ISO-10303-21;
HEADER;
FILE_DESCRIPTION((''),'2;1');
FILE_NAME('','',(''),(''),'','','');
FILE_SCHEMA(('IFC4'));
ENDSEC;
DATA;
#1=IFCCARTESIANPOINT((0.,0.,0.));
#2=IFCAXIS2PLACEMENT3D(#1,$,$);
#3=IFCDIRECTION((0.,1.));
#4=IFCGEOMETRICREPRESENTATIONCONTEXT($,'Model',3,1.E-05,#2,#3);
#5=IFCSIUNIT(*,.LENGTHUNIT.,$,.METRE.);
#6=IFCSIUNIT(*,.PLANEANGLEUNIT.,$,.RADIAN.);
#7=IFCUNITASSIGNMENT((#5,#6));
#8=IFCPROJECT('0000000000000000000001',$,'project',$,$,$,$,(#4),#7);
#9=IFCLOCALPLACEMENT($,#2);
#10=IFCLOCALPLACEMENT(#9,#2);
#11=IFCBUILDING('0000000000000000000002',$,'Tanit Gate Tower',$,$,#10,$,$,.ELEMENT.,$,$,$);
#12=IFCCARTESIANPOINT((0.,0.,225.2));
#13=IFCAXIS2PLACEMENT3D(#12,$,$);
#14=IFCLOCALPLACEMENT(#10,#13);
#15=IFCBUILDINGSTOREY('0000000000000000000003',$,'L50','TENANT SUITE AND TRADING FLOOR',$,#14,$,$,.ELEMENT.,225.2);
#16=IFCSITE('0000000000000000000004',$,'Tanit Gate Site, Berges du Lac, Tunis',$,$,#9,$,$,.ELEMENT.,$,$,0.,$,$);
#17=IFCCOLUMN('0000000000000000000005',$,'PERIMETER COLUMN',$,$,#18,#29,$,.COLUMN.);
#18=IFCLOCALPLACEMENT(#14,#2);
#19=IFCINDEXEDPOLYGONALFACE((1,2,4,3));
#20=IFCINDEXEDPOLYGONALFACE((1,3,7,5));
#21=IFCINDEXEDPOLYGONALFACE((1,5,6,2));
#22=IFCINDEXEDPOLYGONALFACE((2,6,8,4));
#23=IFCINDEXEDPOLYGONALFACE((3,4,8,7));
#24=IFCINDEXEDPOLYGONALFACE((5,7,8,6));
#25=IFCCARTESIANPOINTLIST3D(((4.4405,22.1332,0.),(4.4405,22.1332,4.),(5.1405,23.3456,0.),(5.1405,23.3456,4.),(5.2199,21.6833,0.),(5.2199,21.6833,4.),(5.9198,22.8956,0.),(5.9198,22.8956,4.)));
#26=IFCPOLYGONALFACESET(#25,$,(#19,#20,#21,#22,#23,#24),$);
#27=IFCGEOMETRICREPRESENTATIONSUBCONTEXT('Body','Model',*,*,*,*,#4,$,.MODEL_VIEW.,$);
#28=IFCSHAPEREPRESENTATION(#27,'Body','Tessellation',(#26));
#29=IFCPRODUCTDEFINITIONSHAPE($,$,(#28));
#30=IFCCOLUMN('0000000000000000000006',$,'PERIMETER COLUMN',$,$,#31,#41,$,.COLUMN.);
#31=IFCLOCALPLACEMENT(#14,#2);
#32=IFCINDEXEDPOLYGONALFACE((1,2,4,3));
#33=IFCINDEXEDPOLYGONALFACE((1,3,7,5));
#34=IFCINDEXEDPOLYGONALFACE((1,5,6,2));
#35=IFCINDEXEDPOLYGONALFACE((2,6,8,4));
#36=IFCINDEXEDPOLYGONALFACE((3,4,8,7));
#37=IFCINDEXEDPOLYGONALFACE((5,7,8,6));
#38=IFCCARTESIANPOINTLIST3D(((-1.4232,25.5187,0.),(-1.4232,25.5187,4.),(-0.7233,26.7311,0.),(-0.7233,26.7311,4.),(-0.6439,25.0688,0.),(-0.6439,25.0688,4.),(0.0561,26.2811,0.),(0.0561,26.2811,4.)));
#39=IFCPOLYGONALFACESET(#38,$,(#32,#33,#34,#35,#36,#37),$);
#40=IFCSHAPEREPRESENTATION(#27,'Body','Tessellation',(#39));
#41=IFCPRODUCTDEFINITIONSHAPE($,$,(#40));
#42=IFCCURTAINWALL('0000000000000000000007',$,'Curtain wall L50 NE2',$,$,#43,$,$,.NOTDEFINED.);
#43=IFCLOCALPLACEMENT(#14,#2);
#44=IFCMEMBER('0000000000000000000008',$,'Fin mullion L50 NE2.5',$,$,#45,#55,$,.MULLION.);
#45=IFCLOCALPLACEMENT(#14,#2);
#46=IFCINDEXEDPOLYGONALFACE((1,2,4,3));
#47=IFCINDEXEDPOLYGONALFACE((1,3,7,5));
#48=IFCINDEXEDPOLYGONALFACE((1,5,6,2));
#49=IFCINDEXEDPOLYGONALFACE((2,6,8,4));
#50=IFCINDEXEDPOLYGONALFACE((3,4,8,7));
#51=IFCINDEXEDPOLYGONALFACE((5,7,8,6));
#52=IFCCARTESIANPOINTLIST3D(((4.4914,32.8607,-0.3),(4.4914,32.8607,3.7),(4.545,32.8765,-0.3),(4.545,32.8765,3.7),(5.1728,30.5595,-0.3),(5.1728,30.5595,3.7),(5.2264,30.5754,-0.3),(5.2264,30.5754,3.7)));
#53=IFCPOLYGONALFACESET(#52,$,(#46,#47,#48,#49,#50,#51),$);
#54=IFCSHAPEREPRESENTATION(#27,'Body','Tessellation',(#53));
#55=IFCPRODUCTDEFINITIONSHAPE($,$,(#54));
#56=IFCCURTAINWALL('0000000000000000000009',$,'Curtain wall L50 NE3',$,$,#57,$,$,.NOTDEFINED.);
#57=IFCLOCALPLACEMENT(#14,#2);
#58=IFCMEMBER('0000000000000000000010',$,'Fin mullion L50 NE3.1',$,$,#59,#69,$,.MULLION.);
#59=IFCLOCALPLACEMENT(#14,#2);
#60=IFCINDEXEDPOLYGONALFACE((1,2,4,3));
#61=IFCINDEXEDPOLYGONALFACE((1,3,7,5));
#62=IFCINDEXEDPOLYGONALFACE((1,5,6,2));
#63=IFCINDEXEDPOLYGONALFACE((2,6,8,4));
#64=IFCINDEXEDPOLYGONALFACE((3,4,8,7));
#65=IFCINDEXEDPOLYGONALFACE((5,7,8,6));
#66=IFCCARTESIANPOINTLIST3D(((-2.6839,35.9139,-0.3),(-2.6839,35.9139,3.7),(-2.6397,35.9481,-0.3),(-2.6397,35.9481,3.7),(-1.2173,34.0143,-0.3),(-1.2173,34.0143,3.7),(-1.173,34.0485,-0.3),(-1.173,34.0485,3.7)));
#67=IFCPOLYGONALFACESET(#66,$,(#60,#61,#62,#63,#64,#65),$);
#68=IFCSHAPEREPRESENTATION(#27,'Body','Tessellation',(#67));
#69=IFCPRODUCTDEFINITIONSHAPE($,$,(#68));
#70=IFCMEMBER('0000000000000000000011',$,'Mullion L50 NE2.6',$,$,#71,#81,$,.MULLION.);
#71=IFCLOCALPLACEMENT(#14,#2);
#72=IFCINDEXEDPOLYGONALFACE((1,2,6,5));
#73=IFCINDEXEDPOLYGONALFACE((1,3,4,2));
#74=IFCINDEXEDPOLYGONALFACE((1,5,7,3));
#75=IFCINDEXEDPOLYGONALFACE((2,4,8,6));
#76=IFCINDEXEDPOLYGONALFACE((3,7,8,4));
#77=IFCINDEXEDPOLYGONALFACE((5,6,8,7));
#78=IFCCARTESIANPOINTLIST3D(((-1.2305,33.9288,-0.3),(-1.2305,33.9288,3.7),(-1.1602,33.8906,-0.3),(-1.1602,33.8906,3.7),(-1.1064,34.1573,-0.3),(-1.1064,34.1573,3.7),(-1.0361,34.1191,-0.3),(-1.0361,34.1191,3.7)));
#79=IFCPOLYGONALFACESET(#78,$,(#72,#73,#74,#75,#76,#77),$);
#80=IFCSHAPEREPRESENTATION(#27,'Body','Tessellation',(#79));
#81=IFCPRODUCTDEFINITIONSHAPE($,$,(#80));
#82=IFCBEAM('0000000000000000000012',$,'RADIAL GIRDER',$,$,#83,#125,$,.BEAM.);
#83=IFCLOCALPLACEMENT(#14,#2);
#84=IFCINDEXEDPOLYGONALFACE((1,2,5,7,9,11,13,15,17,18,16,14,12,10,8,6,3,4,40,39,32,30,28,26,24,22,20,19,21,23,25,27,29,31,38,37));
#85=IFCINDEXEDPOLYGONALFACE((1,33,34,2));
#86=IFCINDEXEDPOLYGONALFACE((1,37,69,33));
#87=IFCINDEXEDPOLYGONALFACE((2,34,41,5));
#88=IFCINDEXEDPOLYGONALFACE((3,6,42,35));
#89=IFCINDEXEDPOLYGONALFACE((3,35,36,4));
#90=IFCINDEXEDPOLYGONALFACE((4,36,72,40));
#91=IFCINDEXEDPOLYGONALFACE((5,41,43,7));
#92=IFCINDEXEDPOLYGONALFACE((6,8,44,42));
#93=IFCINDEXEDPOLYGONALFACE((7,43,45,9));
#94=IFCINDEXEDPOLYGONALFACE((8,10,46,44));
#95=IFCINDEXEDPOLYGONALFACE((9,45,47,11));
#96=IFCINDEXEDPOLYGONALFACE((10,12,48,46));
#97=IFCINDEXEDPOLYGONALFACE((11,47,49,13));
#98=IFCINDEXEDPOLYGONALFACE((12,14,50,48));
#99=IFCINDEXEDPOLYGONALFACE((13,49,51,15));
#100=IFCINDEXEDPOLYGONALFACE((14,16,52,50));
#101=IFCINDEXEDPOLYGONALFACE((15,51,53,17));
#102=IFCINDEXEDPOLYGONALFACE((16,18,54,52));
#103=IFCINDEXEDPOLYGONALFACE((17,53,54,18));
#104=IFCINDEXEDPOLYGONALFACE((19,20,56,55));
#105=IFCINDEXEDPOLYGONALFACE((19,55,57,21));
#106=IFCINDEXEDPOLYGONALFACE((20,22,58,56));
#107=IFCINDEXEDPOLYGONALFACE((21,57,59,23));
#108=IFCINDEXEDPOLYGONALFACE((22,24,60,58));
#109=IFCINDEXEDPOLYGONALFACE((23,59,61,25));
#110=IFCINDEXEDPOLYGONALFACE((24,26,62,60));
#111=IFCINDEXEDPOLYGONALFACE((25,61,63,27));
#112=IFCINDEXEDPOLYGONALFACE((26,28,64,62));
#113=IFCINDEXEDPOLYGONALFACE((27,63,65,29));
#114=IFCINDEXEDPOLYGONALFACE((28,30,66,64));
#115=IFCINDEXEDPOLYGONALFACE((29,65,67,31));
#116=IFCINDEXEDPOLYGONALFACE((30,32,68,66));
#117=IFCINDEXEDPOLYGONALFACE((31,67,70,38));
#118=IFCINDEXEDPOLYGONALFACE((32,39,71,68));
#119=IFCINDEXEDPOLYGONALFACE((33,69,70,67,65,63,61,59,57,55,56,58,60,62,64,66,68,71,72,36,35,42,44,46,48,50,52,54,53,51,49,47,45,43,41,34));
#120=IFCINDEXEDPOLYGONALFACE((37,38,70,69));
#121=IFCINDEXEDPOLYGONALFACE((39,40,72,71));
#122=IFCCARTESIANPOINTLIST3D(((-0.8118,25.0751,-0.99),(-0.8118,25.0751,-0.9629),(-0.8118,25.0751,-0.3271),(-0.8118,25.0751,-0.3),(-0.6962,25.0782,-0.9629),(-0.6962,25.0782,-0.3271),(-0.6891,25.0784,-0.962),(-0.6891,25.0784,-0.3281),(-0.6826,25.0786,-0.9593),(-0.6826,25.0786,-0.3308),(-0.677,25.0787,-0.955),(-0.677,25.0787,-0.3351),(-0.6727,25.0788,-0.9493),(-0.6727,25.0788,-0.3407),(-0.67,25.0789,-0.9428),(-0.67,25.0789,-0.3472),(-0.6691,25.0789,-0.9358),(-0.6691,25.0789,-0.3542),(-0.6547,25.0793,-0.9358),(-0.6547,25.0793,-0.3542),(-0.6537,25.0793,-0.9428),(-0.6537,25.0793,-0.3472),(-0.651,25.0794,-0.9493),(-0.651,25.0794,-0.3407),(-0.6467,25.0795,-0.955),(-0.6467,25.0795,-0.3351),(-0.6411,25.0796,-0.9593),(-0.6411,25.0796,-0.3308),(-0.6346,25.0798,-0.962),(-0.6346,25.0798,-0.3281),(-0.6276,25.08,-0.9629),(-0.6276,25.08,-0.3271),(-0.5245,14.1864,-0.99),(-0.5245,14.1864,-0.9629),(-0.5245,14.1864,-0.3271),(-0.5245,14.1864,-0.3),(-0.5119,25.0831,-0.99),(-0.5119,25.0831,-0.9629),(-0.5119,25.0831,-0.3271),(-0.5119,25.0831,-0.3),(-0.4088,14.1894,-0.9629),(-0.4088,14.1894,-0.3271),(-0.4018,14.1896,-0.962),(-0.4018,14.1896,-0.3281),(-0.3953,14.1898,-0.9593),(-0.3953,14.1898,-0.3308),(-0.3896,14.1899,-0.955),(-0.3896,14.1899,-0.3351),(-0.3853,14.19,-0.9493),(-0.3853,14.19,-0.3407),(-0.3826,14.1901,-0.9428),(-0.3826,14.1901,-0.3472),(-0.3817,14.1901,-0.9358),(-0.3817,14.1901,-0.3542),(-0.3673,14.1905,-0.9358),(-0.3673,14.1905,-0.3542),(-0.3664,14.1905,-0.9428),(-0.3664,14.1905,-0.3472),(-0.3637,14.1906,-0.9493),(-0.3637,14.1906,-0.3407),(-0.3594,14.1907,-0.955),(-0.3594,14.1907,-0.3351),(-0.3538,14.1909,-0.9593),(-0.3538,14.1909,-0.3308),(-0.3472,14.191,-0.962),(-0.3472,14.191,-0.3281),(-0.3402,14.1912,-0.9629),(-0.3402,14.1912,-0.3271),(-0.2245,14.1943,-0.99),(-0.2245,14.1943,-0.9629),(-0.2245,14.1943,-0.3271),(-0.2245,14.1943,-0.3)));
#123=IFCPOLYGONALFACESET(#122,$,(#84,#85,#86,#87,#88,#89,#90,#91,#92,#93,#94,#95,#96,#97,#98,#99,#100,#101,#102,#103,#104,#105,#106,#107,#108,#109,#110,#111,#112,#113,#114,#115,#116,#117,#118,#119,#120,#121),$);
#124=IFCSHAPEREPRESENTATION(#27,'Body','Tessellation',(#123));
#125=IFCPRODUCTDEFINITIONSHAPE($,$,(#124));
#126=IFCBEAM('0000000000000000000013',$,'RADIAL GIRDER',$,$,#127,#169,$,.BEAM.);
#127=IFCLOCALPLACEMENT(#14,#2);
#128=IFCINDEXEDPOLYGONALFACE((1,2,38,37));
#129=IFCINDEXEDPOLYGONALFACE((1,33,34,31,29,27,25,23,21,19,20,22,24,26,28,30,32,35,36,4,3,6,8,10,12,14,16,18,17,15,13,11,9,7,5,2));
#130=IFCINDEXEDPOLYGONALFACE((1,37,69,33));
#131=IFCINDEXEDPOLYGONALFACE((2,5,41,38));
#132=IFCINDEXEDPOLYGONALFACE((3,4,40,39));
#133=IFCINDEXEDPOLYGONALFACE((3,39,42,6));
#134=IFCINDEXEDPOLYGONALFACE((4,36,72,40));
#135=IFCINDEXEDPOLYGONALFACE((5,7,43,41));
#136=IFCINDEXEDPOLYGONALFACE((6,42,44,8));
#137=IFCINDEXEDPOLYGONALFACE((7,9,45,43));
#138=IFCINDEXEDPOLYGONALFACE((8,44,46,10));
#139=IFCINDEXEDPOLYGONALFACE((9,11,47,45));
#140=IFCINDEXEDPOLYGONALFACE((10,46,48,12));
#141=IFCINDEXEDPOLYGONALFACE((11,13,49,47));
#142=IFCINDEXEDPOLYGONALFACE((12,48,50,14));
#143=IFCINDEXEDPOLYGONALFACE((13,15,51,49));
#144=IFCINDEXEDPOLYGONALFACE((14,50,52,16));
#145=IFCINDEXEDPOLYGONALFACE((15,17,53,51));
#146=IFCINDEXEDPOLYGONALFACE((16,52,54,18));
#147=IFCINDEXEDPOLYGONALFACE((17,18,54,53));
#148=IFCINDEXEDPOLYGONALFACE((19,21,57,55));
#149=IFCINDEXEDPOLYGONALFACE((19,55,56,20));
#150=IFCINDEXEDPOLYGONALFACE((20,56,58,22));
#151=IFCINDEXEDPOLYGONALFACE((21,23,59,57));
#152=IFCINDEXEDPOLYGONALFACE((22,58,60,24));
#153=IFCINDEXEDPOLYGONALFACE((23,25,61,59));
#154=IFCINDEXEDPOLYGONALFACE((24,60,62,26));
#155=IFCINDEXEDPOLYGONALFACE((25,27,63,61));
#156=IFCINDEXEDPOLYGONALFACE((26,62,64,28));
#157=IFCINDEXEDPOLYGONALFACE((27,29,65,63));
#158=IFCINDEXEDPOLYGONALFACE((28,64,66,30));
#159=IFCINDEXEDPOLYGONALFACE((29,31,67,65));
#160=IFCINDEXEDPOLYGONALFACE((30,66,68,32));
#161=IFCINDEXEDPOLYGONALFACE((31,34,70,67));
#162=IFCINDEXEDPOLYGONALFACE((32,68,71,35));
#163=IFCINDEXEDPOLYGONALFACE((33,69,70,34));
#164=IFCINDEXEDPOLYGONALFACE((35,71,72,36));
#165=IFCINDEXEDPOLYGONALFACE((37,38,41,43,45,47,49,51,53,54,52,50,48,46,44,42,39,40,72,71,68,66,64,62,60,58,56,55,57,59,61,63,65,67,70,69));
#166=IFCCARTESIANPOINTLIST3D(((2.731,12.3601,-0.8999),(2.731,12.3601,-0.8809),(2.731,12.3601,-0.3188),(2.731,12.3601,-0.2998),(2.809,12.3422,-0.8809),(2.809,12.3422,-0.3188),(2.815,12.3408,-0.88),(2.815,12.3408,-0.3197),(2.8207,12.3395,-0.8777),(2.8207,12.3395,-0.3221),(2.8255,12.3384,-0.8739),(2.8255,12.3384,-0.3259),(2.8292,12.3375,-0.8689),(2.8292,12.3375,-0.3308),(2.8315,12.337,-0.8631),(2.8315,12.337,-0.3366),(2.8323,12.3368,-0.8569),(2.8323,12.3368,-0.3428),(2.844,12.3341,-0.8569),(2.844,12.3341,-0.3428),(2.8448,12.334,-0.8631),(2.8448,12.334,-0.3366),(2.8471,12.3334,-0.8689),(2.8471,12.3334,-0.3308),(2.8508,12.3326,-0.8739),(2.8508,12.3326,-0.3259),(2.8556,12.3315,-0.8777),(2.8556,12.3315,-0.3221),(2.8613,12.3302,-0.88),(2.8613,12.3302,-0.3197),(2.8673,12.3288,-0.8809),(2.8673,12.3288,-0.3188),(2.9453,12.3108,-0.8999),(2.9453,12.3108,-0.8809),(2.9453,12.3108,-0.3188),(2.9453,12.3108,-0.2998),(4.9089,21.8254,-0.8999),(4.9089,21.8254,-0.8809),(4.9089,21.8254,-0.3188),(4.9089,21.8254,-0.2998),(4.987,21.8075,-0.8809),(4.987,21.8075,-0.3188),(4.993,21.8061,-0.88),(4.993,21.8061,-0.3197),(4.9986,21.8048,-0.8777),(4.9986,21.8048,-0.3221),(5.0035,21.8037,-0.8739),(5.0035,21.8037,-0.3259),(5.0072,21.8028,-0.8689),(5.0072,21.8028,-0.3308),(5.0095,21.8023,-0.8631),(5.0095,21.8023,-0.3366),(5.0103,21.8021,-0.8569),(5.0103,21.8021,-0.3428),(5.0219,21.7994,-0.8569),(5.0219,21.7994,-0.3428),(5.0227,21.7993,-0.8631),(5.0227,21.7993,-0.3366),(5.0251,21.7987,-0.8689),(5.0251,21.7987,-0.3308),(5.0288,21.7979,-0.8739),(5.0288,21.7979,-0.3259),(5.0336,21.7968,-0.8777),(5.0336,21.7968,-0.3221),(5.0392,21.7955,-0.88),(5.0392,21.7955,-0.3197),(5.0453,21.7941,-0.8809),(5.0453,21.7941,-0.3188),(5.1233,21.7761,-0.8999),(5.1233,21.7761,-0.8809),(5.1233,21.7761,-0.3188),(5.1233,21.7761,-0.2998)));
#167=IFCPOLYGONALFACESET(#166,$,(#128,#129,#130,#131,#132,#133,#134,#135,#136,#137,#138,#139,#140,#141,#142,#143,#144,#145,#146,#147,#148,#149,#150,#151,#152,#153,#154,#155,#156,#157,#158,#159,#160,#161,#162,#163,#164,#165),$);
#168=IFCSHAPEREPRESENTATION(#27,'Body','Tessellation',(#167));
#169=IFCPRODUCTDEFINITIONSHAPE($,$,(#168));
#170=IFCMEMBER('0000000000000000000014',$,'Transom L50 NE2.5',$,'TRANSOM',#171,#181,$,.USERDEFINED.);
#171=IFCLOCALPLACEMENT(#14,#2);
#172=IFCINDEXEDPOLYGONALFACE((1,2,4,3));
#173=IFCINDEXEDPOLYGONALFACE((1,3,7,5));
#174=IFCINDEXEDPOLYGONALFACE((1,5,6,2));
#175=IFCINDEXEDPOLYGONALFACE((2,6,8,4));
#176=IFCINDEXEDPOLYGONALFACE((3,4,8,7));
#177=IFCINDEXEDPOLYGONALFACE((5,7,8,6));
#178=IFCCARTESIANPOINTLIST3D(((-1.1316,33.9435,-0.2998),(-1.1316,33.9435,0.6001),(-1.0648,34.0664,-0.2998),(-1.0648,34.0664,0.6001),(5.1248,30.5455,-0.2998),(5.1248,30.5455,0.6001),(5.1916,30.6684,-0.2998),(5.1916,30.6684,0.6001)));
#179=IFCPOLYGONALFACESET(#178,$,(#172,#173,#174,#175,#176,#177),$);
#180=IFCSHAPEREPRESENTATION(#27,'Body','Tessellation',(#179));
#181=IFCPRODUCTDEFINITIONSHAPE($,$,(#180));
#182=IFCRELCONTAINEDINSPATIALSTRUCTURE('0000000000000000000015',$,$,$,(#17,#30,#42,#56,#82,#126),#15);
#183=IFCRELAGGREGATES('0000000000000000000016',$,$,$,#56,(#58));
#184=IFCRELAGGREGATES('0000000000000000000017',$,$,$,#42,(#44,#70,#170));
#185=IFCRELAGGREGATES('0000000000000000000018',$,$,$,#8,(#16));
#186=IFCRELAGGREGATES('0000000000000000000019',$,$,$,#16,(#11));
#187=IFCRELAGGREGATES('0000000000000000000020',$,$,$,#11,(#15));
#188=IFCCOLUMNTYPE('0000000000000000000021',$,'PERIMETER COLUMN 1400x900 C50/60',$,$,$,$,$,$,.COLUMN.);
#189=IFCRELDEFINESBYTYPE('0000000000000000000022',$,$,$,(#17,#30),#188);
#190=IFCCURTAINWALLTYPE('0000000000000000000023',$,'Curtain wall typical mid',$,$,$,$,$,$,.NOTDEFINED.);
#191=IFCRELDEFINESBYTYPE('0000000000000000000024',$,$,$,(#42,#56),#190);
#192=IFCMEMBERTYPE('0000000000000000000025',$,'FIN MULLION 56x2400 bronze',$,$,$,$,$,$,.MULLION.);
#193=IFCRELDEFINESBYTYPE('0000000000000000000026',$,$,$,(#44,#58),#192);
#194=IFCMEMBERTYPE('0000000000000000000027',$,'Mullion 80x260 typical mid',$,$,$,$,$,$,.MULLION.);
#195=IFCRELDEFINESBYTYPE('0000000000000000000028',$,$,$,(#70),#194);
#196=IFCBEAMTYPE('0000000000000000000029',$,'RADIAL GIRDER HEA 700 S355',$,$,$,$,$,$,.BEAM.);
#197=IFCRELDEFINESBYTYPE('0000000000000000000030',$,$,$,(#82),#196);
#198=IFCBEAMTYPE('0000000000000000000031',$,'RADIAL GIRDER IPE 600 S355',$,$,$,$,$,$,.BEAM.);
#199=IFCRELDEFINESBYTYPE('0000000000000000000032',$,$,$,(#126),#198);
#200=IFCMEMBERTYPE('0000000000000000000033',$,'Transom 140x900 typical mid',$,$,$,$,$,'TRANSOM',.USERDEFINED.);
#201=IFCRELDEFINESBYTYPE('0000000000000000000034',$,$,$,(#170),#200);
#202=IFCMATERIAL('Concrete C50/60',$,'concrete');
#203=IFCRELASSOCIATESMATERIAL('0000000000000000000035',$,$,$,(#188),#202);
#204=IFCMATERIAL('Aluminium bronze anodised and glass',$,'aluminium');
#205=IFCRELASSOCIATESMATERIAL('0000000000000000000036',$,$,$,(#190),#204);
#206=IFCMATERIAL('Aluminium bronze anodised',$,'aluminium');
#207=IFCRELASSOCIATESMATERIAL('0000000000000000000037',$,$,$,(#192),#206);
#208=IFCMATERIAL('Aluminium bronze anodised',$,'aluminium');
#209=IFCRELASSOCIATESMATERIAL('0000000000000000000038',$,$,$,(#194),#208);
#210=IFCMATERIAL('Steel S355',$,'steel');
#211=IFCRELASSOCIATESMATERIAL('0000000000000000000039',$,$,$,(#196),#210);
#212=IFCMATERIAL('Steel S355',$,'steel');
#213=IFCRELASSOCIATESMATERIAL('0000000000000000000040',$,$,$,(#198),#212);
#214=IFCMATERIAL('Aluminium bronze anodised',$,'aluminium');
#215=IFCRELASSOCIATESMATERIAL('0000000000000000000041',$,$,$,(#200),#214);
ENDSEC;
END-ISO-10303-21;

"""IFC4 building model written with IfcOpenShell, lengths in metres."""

from ifc_helpers import new_model, si_unit, direction, frame, origin, origin_2d, place, context, subcontext, project, spatial, rectangle, i_section, extrude, material, material_profile, profile_set, type_object, element, aggregate, save


model = new_model("IFC4")

# Units and contexts
model_context = context("Model", 3, precision=1e-05, world=origin(), true_north=direction((0.0, 1.0)))
body_context = subcontext(model_context, "Body", "Model", "MODEL_VIEW")
ifc_project = project(units=[si_unit("LENGTHUNIT", "METRE"), si_unit("PLANEANGLEUNIT", "RADIAN")], contexts=[model_context])

# Site, building, storey
site_placement = place(None, origin())
site = spatial("IfcSite", under=ifc_project, at=site_placement, Name="Tanit Gate Site, Berges du Lac, Tunis", CompositionType="ELEMENT", RefElevation=0.0)
building_placement = place(site_placement, origin())
building = spatial("IfcBuilding", under=site, at=building_placement, Name="Tanit Gate Tower", CompositionType="ELEMENT")
storey_placement = place(building_placement, frame((0.0, 0.0, 225.2)))
storey = spatial("IfcBuildingStorey", under=building, at=storey_placement, Name="L50", Description="TENANT SUITE AND TRADING FLOOR", CompositionType="ELEMENT", Elevation=225.2)

# Columns
ifc_material_1 = material(Name="Concrete C50/60", Category="concrete")
ifc_material_profile_1 = material_profile(ifc_material_1, rectangle(XDim=1.3999, YDim=0.8999, at=origin_2d()), Name="RC 1400x900")
ifc_profile_set_1 = profile_set([ifc_material_profile_1], Name="Concrete C50/60")
column_type = type_object("IfcColumnType", Name="PERIMETER COLUMN 1400x900 C50/60", PredefinedType="COLUMN", material=ifc_profile_set_1)
for number, where, z_axis, x_axis, name in (
    (1, (5.1802, 22.5144, 0.0), (0.0, 0.0, 1.0), (0.5, 0.866025, 0.0), "PERIMETER COLUMN"),
    (2, (-0.6836, 25.8999, 0.0), (0.0, 0.0, 1.0), (0.5, 0.866025, 0.0), "PERIMETER COLUMN"),
):
    element("IfcColumn", number, at=place(storey_placement, frame(where, z_axis=z_axis, x_axis=x_axis)), inside=storey, type_object=column_type, Name=name, PredefinedType="COLUMN", context=body_context, shape_type="SweptSolid", body=[
        extrude(rectangle(XDim=1.3999, YDim=0.8999, at=origin_2d()), origin(), (0.0, 0.0, 1.0), 4.0),
    ])

# Curtain walls, members
ifc_material_2 = material(Name="Aluminium bronze anodised and glass", Category="aluminium")
curtain_wall_type = type_object("IfcCurtainWallType", Name="Curtain wall typical mid", PredefinedType="NOTDEFINED", material=ifc_material_2)
curtain_wall_1_placement = place(storey_placement, origin())
curtain_wall_1 = element("IfcCurtainWall", 3, at=curtain_wall_1_placement, inside=storey, type_object=curtain_wall_type, Name="Curtain wall L50 NE2", PredefinedType="NOTDEFINED")
ifc_material_3 = material(Name="Aluminium bronze anodised", Category="aluminium")
ifc_material_profile_2 = material_profile(ifc_material_3, rectangle(XDim=2.3999, YDim=0.0559, at=origin_2d()), Name="56x2400 bronze fin mullion")
ifc_profile_set_2 = profile_set([ifc_material_profile_2], Name="Aluminium bronze anodised")
member_type_1 = type_object("IfcMemberType", Name="FIN MULLION 56x2400 bronze", PredefinedType="MULLION", material=ifc_profile_set_2)
member_1_placement = place(storey_placement, frame((4.8589, 31.718, -0.3), z_axis=(0.0, 0.0, 1.0), x_axis=(0.283906, -0.958852, 0.0)))
member_1 = element("IfcMember", 4, at=member_1_placement, type_object=member_type_1, Name="Fin mullion L50 NE2.5", PredefinedType="MULLION", context=body_context, shape_type="SweptSolid", body=[
    extrude(rectangle(XDim=2.3999, YDim=0.0559, at=origin_2d()), origin(), (0.0, 0.0, 1.0), 4.0),
])
curtain_wall_2_placement = place(storey_placement, origin())
curtain_wall_2 = element("IfcCurtainWall", 5, at=curtain_wall_2_placement, inside=storey, type_object=curtain_wall_type, Name="Curtain wall L50 NE3", PredefinedType="NOTDEFINED")
member_2_placement = place(storey_placement, frame((-1.9285, 34.9812, -0.3), z_axis=(0.0, 0.0, 1.0), x_axis=(0.611137, -0.791525, 0.0)))
member_2 = element("IfcMember", 6, at=member_2_placement, type_object=member_type_1, Name="Fin mullion L50 NE3.1", PredefinedType="MULLION", context=body_context, shape_type="SweptSolid", body=[
    extrude(rectangle(XDim=2.3999, YDim=0.0559, at=origin_2d()), origin(), (0.0, 0.0, 1.0), 4.0),
])

# Member
ifc_material_4 = material(Name="Aluminium bronze anodised", Category="aluminium")
ifc_material_profile_3 = material_profile(ifc_material_4, rectangle(XDim=0.26, YDim=0.0801, at=origin_2d()), Name="80x260 bronze mullion")
ifc_profile_set_3 = profile_set([ifc_material_profile_3], Name="Aluminium bronze anodised")
member_type_2 = type_object("IfcMemberType", Name="Mullion 80x260 typical mid", PredefinedType="MULLION", material=ifc_profile_set_3)
member_3_placement = place(storey_placement, frame((-1.1333, 34.0239, -0.3), z_axis=(0.0, 0.0, 1.0), x_axis=(-0.477259, -0.878762, 0.0)))
member_3 = element("IfcMember", 7, at=member_3_placement, type_object=member_type_2, Name="Mullion L50 NE2.6", PredefinedType="MULLION", context=body_context, shape_type="SweptSolid", body=[
    extrude(rectangle(XDim=0.26, YDim=0.0801, at=origin_2d()), origin(), (0.0, 0.0, 1.0), 4.0),
])

# Beams
ifc_material_5 = material(Name="Steel S355", Category="steel")
ifc_material_profile_4 = material_profile(ifc_material_5, i_section(OverallWidth=0.3, OverallDepth=0.6899, WebThickness=0.0144, FlangeThickness=0.0271, FilletRadius=0.0271, at=origin_2d()), Name="HEA 700")
ifc_profile_set_4 = profile_set([ifc_material_profile_4], Name="Steel S355")
beam_type_1 = type_object("IfcBeamType", Name="RADIAL GIRDER HEA 700 S355", PredefinedType="BEAM", material=ifc_profile_set_4)
beam_1_placement = place(storey_placement, frame((-0.6619, 25.0791, -0.645), z_axis=(0.026381, -0.999652, 0.0), x_axis=(0.999652, 0.026381, 0.0)))
element("IfcBeam", 8, at=beam_1_placement, inside=storey, type_object=beam_type_1, Name="RADIAL GIRDER", PredefinedType="BEAM", context=body_context, shape_type="SweptSolid", body=[
    extrude(i_section(OverallWidth=0.3, OverallDepth=0.6899, WebThickness=0.0144, FlangeThickness=0.0271, FilletRadius=0.0271, at=origin_2d()), origin(), (0.0, 0.0, 1.0), 10.8926),
])
ifc_material_6 = material(Name="Steel S355", Category="steel")
ifc_material_profile_5 = material_profile(ifc_material_6, i_section(OverallWidth=0.22, OverallDepth=0.6001, WebThickness=0.012, FlangeThickness=0.019, FilletRadius=0.0239, at=origin_2d()), Name="IPE 600")
ifc_profile_set_5 = profile_set([ifc_material_profile_5], Name="Steel S355")
beam_type_2 = type_object("IfcBeamType", Name="RADIAL GIRDER IPE 600 S355", PredefinedType="BEAM", material=ifc_profile_set_5)
beam_2_placement = place(storey_placement, frame((5.0161, 21.8008, -0.5999), z_axis=(-0.224241, -0.974534, 0.0), x_axis=(0.974534, -0.224241, 0.0)))
element("IfcBeam", 9, at=beam_2_placement, inside=storey, type_object=beam_type_2, Name="RADIAL GIRDER", PredefinedType="BEAM", context=body_context, shape_type="SweptSolid", body=[
    extrude(i_section(OverallWidth=0.22, OverallDepth=0.6001, WebThickness=0.012, FlangeThickness=0.019, FilletRadius=0.0239, at=origin_2d()), origin(), (0.0, 0.0, 1.0), 9.7126),
])

# Member
ifc_material_7 = material(Name="Aluminium bronze anodised", Category="aluminium")
ifc_material_profile_6 = material_profile(ifc_material_7, rectangle(XDim=0.1399, YDim=0.8999, at=origin_2d()), Name="140x900 bronze transom")
ifc_profile_set_6 = profile_set([ifc_material_profile_6], Name="Aluminium bronze anodised")
member_type_3 = type_object("IfcMemberType", Name="Transom 140x900 typical mid", ElementType="TRANSOM", PredefinedType="USERDEFINED", material=ifc_profile_set_6)
member_4_placement = place(storey_placement, frame((5.1582, 30.6069, 0.1501), z_axis=(-0.878756, 0.47727, 0.0), x_axis=(-0.47727, -0.878756, 0.0)))
member_4 = element("IfcMember", 10, at=member_4_placement, type_object=member_type_3, Name="Transom L50 NE2.5", ObjectType="TRANSOM", PredefinedType="USERDEFINED", context=body_context, shape_type="SweptSolid", body=[
    extrude(rectangle(XDim=0.1399, YDim=0.8999, at=origin_2d()), origin(), (0.0, 0.0, 1.0), 7.1196),
])
aggregate(curtain_wall_2, [member_2])

aggregate(curtain_wall_1, [member_1, member_3, member_4])

save(model, "model.ifc")
